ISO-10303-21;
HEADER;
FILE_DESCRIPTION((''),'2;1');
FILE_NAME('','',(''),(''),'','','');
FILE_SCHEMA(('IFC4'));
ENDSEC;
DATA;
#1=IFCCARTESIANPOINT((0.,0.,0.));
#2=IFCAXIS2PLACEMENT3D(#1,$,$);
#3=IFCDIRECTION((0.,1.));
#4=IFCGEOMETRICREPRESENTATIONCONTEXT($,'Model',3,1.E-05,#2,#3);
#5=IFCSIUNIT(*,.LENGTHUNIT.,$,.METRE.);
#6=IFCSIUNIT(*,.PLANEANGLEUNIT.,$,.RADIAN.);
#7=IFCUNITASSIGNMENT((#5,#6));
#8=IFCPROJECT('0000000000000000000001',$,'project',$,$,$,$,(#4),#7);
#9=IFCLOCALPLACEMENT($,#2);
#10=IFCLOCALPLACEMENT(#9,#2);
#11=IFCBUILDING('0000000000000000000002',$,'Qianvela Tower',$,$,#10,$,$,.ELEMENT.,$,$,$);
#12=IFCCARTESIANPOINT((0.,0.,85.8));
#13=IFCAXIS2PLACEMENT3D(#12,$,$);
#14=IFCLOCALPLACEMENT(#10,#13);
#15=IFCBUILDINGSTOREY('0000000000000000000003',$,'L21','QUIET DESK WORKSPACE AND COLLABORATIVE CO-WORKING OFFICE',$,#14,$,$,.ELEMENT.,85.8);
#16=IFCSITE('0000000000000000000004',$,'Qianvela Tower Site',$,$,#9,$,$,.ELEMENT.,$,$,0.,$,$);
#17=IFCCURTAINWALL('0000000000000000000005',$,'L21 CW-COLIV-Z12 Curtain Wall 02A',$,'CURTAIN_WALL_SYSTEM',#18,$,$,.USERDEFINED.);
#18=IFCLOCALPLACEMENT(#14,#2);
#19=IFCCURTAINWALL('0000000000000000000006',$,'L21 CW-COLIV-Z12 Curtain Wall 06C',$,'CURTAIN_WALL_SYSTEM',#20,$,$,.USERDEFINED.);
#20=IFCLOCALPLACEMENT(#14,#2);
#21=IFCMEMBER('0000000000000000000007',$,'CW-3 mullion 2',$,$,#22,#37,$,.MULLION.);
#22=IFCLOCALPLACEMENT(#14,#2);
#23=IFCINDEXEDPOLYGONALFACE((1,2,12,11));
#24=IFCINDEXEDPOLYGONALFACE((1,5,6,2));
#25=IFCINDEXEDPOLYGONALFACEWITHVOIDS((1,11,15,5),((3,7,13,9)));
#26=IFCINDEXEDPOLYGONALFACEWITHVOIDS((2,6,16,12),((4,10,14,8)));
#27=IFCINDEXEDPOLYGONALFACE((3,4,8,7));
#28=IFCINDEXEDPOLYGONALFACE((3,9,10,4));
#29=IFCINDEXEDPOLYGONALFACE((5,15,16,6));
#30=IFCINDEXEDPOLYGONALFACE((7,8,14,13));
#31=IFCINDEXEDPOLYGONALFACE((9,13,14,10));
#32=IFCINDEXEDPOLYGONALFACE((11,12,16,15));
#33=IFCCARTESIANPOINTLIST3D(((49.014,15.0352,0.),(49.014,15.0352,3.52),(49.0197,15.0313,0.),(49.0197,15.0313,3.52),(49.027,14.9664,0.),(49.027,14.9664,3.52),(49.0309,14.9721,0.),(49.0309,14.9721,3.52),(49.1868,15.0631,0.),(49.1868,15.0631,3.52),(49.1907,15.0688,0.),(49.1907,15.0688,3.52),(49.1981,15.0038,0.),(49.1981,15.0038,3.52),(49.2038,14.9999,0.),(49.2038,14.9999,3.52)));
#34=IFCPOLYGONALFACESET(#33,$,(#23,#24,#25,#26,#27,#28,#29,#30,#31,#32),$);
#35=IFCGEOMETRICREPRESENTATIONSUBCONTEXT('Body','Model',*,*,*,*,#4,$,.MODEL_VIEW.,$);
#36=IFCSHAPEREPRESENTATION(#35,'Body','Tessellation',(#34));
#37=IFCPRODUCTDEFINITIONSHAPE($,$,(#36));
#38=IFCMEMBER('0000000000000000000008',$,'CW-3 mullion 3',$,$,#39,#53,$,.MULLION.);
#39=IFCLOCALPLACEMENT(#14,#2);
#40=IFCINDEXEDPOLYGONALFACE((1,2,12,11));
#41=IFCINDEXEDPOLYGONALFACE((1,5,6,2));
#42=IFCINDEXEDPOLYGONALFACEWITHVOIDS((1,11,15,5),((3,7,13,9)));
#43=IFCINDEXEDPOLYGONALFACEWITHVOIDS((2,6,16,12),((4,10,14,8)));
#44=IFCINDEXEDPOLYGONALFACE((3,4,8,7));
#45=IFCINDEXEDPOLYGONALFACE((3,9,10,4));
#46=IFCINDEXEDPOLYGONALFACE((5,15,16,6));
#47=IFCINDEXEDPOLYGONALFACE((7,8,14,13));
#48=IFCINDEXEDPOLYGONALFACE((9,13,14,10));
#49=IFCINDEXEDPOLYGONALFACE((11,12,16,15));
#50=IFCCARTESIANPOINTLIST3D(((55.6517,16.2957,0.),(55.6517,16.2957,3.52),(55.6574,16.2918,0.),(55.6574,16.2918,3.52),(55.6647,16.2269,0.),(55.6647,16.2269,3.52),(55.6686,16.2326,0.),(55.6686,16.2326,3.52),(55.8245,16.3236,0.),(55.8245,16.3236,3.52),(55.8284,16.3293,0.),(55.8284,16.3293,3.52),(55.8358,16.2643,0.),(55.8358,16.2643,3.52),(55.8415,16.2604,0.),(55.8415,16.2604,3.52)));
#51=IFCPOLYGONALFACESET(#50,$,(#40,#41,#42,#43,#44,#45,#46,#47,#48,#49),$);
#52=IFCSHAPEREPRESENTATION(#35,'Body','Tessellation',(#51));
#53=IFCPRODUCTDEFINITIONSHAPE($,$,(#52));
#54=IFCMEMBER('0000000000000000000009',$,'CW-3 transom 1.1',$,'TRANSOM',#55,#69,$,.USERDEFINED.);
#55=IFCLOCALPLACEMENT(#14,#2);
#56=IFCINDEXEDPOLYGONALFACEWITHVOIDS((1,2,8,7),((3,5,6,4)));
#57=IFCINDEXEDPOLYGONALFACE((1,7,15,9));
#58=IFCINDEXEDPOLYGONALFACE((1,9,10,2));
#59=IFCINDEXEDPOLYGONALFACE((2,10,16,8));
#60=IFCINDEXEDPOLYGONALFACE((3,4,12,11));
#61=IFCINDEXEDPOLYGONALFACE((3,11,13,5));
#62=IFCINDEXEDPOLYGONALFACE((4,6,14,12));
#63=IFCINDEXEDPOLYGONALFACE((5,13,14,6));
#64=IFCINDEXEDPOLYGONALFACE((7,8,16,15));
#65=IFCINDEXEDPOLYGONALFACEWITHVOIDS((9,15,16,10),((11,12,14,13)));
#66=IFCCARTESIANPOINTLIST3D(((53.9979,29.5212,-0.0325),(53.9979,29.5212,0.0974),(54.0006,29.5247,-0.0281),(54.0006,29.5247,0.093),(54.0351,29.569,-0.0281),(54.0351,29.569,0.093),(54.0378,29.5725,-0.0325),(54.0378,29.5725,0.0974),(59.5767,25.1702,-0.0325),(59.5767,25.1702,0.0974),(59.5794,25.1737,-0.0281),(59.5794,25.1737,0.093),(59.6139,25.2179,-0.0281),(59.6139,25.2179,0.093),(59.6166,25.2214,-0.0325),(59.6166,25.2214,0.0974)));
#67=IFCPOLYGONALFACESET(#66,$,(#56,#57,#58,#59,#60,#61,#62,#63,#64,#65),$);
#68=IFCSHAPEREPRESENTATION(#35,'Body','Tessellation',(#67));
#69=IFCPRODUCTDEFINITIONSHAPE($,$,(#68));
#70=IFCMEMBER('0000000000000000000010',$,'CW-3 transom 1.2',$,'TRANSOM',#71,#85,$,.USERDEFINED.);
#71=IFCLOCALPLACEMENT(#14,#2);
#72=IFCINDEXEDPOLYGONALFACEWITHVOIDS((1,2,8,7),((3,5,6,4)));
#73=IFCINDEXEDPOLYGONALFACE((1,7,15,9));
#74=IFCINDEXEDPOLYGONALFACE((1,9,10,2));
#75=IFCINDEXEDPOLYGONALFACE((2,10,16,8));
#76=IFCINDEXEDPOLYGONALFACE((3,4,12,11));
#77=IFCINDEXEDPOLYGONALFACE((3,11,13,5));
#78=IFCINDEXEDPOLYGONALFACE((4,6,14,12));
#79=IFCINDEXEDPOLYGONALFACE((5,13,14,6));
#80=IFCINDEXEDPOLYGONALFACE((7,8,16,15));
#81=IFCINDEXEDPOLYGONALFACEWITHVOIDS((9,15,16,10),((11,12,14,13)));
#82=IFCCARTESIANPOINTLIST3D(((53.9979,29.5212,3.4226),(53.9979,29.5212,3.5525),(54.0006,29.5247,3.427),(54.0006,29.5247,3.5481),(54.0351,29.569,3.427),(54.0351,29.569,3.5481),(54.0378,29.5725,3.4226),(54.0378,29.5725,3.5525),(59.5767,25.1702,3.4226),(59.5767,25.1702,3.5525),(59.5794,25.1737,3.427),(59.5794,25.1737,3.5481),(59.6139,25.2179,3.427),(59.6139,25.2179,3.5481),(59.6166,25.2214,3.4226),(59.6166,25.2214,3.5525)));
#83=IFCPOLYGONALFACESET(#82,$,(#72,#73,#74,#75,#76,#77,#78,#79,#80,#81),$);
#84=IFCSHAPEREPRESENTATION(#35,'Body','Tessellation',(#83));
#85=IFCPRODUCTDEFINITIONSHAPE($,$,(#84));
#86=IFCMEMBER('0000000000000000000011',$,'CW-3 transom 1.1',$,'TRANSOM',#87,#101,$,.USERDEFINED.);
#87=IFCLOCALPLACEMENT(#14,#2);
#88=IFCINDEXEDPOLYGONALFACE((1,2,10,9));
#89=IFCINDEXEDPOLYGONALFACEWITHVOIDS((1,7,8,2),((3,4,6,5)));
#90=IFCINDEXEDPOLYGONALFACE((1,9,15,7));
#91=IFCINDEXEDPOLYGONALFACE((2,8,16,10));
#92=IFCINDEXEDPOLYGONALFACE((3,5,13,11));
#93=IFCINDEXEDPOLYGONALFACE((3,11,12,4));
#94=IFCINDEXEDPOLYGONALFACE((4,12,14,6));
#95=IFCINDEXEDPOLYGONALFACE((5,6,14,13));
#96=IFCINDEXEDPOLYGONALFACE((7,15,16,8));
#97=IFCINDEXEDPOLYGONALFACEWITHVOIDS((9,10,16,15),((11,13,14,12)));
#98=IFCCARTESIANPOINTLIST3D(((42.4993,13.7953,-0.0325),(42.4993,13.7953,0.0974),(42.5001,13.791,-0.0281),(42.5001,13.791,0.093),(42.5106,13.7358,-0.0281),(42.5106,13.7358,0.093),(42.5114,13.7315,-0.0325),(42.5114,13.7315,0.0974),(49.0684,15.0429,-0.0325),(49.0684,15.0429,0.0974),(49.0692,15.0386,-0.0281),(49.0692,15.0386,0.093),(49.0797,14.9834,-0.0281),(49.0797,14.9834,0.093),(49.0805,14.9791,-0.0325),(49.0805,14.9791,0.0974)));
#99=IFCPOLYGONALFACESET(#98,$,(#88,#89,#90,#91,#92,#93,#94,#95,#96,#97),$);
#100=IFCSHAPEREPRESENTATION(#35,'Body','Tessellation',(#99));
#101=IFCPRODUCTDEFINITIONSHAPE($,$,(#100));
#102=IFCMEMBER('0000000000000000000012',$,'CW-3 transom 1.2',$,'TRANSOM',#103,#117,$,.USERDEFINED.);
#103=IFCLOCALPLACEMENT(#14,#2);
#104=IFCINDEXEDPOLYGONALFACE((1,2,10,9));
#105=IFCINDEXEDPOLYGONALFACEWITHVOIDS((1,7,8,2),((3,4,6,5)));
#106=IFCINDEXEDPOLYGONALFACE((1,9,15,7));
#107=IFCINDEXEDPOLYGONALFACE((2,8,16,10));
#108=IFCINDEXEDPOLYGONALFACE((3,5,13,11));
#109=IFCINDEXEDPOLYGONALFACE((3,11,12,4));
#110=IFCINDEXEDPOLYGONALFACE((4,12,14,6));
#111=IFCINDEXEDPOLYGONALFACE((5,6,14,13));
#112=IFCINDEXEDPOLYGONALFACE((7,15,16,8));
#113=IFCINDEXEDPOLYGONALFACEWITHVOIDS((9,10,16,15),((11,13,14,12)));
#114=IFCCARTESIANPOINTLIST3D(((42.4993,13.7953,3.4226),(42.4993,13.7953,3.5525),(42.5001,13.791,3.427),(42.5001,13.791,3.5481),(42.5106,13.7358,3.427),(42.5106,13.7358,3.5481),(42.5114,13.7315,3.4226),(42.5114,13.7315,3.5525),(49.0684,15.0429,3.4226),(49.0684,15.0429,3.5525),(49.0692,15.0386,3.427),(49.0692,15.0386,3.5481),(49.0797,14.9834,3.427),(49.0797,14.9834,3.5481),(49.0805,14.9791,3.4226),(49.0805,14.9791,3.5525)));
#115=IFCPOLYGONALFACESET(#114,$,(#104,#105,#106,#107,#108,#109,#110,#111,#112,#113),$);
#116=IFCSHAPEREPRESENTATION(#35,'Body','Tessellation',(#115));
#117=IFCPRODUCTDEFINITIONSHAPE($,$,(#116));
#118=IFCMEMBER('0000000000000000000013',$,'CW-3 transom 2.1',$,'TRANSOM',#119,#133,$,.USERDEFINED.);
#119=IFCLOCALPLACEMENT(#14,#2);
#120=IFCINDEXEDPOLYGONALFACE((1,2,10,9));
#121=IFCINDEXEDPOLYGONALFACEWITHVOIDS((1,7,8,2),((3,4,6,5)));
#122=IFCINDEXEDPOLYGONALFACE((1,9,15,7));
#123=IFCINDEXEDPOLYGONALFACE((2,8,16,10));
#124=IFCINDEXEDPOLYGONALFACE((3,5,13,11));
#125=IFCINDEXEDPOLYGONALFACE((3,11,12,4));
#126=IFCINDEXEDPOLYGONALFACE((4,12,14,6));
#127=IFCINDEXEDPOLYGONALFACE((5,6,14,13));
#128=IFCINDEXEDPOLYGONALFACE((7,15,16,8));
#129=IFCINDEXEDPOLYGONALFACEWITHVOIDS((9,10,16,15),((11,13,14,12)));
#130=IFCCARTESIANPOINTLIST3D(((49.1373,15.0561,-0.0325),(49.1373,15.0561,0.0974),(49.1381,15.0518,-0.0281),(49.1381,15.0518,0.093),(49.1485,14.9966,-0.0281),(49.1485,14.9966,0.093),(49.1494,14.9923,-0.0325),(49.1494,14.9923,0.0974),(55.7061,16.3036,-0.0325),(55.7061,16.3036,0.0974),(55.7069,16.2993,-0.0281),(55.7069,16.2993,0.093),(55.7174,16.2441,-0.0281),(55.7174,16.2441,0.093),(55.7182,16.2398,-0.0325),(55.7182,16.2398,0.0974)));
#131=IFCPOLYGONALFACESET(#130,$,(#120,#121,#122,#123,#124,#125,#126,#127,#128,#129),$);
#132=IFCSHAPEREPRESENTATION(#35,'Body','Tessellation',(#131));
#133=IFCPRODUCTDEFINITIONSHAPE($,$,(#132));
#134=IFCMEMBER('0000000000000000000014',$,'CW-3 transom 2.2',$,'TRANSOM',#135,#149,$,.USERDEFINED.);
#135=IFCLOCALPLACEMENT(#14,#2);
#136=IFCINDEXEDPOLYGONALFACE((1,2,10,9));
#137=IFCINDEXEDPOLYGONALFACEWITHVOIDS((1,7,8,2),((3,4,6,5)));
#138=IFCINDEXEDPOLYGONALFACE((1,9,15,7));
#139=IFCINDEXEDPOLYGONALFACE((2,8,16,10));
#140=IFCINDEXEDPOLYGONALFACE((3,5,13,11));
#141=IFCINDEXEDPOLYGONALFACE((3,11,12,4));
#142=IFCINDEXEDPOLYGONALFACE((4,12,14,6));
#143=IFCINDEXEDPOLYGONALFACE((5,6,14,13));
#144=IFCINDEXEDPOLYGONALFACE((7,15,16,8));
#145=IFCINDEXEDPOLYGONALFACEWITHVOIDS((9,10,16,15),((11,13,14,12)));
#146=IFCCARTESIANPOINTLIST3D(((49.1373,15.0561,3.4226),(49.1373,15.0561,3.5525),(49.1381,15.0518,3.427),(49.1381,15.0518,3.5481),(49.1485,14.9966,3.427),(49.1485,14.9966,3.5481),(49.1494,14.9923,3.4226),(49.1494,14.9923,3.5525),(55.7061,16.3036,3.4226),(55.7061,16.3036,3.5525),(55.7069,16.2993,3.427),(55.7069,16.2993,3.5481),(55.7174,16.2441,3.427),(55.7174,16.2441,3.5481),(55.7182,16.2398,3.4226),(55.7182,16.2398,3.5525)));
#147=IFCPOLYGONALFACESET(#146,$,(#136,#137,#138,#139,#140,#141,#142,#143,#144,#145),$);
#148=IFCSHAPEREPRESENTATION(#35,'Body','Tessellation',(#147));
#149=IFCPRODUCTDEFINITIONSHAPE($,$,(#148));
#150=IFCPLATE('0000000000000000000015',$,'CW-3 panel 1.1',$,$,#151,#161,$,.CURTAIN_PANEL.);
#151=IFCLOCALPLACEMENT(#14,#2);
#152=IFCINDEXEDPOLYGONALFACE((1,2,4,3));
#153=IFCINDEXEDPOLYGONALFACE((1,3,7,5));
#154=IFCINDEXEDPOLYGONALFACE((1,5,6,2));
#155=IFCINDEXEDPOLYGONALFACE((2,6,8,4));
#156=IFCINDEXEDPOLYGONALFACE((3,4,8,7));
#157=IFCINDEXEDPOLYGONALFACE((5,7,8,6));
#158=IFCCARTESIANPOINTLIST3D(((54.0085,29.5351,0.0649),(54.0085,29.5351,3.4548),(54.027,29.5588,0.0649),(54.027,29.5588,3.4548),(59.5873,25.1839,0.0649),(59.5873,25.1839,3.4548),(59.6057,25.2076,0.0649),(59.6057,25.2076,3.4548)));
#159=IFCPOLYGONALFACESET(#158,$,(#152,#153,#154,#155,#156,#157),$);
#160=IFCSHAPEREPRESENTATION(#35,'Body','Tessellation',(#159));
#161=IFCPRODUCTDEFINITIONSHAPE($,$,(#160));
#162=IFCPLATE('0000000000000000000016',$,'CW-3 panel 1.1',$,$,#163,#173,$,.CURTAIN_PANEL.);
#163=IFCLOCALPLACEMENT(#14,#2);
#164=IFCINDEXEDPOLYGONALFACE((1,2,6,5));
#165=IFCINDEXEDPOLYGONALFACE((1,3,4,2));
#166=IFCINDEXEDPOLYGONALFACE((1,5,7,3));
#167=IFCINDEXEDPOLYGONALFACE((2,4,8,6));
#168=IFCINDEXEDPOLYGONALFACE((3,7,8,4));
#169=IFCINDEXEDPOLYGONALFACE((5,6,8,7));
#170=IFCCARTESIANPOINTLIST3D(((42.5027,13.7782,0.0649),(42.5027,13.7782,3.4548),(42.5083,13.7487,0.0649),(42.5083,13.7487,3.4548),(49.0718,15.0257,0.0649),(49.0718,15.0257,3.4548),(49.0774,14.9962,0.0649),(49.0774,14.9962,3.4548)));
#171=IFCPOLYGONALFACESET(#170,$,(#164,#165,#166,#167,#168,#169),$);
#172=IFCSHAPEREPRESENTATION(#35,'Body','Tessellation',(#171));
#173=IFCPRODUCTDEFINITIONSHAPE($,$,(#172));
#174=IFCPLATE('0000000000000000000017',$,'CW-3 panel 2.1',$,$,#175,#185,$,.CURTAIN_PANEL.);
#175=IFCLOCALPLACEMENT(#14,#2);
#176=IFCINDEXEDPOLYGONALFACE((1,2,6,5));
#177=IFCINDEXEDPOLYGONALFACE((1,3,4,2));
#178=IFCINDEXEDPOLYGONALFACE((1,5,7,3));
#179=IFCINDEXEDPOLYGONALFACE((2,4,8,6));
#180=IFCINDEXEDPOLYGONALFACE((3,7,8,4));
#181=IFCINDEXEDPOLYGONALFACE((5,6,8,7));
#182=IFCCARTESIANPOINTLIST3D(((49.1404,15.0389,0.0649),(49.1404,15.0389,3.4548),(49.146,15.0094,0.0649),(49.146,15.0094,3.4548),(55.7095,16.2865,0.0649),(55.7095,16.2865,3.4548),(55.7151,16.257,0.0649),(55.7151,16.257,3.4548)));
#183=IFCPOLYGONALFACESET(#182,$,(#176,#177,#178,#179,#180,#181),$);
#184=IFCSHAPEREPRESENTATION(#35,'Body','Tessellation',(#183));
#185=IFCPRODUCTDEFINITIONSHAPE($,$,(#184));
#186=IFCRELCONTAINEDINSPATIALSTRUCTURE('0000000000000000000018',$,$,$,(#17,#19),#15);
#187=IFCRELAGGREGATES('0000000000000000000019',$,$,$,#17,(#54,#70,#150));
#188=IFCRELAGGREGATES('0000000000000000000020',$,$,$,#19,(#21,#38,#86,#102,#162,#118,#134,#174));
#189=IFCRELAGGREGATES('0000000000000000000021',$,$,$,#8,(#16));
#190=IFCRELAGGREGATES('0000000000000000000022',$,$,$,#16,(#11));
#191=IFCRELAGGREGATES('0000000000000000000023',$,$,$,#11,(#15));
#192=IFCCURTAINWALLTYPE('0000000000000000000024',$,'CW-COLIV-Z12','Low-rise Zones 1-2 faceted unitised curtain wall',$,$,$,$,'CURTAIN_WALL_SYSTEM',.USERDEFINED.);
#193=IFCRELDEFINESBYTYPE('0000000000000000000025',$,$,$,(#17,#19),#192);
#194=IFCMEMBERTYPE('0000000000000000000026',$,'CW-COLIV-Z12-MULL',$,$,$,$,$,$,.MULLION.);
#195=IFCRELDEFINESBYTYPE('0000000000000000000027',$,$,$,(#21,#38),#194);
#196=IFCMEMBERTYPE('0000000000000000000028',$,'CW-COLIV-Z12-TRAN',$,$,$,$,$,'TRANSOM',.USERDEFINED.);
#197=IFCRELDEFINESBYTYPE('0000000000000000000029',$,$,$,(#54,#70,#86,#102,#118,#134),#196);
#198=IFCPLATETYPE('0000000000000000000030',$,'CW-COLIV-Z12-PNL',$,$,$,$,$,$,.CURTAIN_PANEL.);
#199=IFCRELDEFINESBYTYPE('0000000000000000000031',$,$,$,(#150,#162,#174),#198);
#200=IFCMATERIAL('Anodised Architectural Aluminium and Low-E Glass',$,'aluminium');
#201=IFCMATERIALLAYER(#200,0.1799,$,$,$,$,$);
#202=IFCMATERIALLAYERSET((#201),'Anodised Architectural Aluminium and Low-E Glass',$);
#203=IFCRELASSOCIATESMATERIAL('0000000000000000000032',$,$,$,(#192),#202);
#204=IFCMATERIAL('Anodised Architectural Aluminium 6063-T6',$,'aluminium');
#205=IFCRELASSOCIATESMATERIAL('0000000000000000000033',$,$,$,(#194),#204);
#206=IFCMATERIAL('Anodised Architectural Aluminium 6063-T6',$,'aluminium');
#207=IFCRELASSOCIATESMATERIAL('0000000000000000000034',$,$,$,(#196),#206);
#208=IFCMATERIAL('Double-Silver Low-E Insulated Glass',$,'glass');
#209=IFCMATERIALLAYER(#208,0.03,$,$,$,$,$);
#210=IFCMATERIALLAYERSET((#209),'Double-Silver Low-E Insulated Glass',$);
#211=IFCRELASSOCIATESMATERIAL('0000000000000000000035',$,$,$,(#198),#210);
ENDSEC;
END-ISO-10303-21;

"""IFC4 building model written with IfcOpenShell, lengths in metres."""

from ifc_helpers import new_model, si_unit, direction, frame, origin, origin_2d, place, context, subcontext, project, spatial, rectangle, hollow_rectangle, extrude, material, layer, layer_set, material_profile, profile_set, type_object, element, aggregate, save


model = new_model("IFC4")

# Units and contexts
model_context = context("Model", 3, precision=1e-05, world=origin(), true_north=direction((0.0, 1.0)))
body_context = subcontext(model_context, "Body", "Model", "MODEL_VIEW")
ifc_project = project(units=[si_unit("LENGTHUNIT", "METRE"), si_unit("PLANEANGLEUNIT", "RADIAN")], contexts=[model_context])

# Site, building, storey
site_placement = place(None, origin())
site = spatial("IfcSite", under=ifc_project, at=site_placement, Name="Qianvela Tower Site", CompositionType="ELEMENT", RefElevation=0.0)
building_placement = place(site_placement, origin())
building = spatial("IfcBuilding", under=site, at=building_placement, Name="Qianvela Tower", CompositionType="ELEMENT")
storey_placement = place(building_placement, frame((0.0, 0.0, 85.8)))
storey = spatial("IfcBuildingStorey", under=building, at=storey_placement, Name="L21", Description="QUIET DESK WORKSPACE AND COLLABORATIVE CO-WORKING OFFICE", CompositionType="ELEMENT", Elevation=85.8)

# Curtain wall
ifc_material_1 = material(Name="Anodised Architectural Aluminium and Low-E Glass", Category="aluminium")
ifc_layer_1 = layer(ifc_material_1, 0.1799)
ifc_layer_set_1 = layer_set([ifc_layer_1], Name="Anodised Architectural Aluminium and Low-E Glass")
curtain_wall_type_1 = type_object("IfcCurtainWallType", Name="CW-COLIV-Z12", Description="Low-rise Zones 1-2 faceted unitised curtain wall", ElementType="CURTAIN_WALL_SYSTEM", PredefinedType="USERDEFINED", material=ifc_layer_set_1)
curtain_wall_1_placement = place(storey_placement, origin())
curtain_wall_1 = element("IfcCurtainWall", 1, at=curtain_wall_1_placement, inside=storey, type_object=curtain_wall_type_1, Name="L21 CW-COLIV-Z12 Curtain Wall 02A", ObjectType="CURTAIN_WALL_SYSTEM", PredefinedType="USERDEFINED")
ifc_material_2 = material(Name="Anodised Architectural Aluminium 6063-T6", Category="aluminium")
ifc_material_profile_1 = material_profile(ifc_material_2, hollow_rectangle(XDim=0.0701, YDim=0.1799, WallThickness=0.0049, at=origin_2d()), Name="ALU-MULL-70x180")
ifc_profile_set_1 = profile_set([ifc_material_profile_1], Name="Anodised Architectural Aluminium 6063-T6")
member_type_1 = type_object("IfcMemberType", Name="CW-COLIV-Z12-MULL", PredefinedType="MULLION", material=ifc_profile_set_1)

# Curtain wall, members
curtain_wall_2_placement = place(storey_placement, origin())
curtain_wall_2 = element("IfcCurtainWall", 2, at=curtain_wall_2_placement, inside=storey, type_object=curtain_wall_type_1, Name="L21 CW-COLIV-Z12 Curtain Wall 06C", ObjectType="CURTAIN_WALL_SYSTEM", PredefinedType="USERDEFINED")
member_1_placement = place(storey_placement, frame((49.1089, 15.0176, 0.0), z_axis=(0.0, 0.0, 1.0), x_axis=(-0.186581, 0.98244, 0.0)))
member_1 = element("IfcMember", 3, at=member_1_placement, type_object=member_type_1, Name="CW-3 mullion 2", PredefinedType="MULLION", context=body_context, shape_type="SweptSolid", body=[
    extrude(hollow_rectangle(XDim=0.0701, YDim=0.1799, WallThickness=0.0049, at=origin_2d()), origin(), (0.0, 0.0, 1.0), 3.52),
])
member_2_placement = place(storey_placement, frame((55.7466, 16.2781, 0.0), z_axis=(0.0, 0.0, 1.0), x_axis=(-0.186581, 0.98244, 0.0)))
member_2 = element("IfcMember", 4, at=member_2_placement, type_object=member_type_1, Name="CW-3 mullion 3", PredefinedType="MULLION", context=body_context, shape_type="SweptSolid", body=[
    extrude(hollow_rectangle(XDim=0.0701, YDim=0.1799, WallThickness=0.0049, at=origin_2d()), origin(), (0.0, 0.0, 1.0), 3.52),
])

# Members
ifc_material_3 = material(Name="Anodised Architectural Aluminium 6063-T6", Category="aluminium")
ifc_material_profile_2 = material_profile(ifc_material_3, hollow_rectangle(XDim=0.0649, YDim=0.1299, WallThickness=0.0044, at=origin_2d()), Name="ALU-TRAN-65x130")
ifc_profile_set_2 = profile_set([ifc_material_profile_2], Name="Anodised Architectural Aluminium 6063-T6")
member_type_2 = type_object("IfcMemberType", Name="CW-COLIV-Z12-TRAN", ElementType="TRANSOM", PredefinedType="USERDEFINED", material=ifc_profile_set_2)
member_3_placement = place(storey_placement, frame((59.5967, 25.1958, 0.0325), z_axis=(-0.788532, 0.614994, 0.0), x_axis=(-0.614994, -0.788532, 0.0)))
member_3 = element("IfcMember", 5, at=member_3_placement, type_object=member_type_2, Name="CW-3 transom 1.1", ObjectType="TRANSOM", PredefinedType="USERDEFINED", context=body_context, shape_type="SweptSolid", body=[
    extrude(hollow_rectangle(XDim=0.0649, YDim=0.1299, WallThickness=0.0044, at=origin_2d()), origin(), (0.0, 0.0, 1.0), 7.075),
])
member_4_placement = place(storey_placement, frame((59.5967, 25.1958, 3.4875), z_axis=(-0.788532, 0.614994, 0.0), x_axis=(-0.614994, -0.788532, 0.0)))
member_4 = element("IfcMember", 6, at=member_4_placement, type_object=member_type_2, Name="CW-3 transom 1.2", ObjectType="TRANSOM", PredefinedType="USERDEFINED", context=body_context, shape_type="SweptSolid", body=[
    extrude(hollow_rectangle(XDim=0.0649, YDim=0.1299, WallThickness=0.0044, at=origin_2d()), origin(), (0.0, 0.0, 1.0), 7.075),
])
member_5_placement = place(storey_placement, frame((42.5054, 13.7634, 0.0325), z_axis=(0.98244, 0.186579, 0.0), x_axis=(-0.186579, 0.98244, 0.0)))
member_5 = element("IfcMember", 7, at=member_5_placement, type_object=member_type_2, Name="CW-3 transom 1.1", ObjectType="TRANSOM", PredefinedType="USERDEFINED", context=body_context, shape_type="SweptSolid", body=[
    extrude(hollow_rectangle(XDim=0.0649, YDim=0.1299, WallThickness=0.0044, at=origin_2d()), origin(), (0.0, 0.0, 1.0), 6.6865),
])
member_6_placement = place(storey_placement, frame((42.5054, 13.7634, 3.4875), z_axis=(0.98244, 0.186579, 0.0), x_axis=(-0.186579, 0.98244, 0.0)))
member_6 = element("IfcMember", 8, at=member_6_placement, type_object=member_type_2, Name="CW-3 transom 1.2", ObjectType="TRANSOM", PredefinedType="USERDEFINED", context=body_context, shape_type="SweptSolid", body=[
    extrude(hollow_rectangle(XDim=0.0649, YDim=0.1299, WallThickness=0.0044, at=origin_2d()), origin(), (0.0, 0.0, 1.0), 6.6865),
])
member_7_placement = place(storey_placement, frame((49.1433, 15.0242, 0.0325), z_axis=(0.982439, 0.186585, 0.0), x_axis=(-0.186585, 0.982439, 0.0)))
member_7 = element("IfcMember", 9, at=member_7_placement, type_object=member_type_2, Name="CW-3 transom 2.1", ObjectType="TRANSOM", PredefinedType="USERDEFINED", context=body_context, shape_type="SweptSolid", body=[
    extrude(hollow_rectangle(XDim=0.0649, YDim=0.1299, WallThickness=0.0044, at=origin_2d()), origin(), (0.0, 0.0, 1.0), 6.6863),
])
member_8_placement = place(storey_placement, frame((49.1433, 15.0242, 3.4875), z_axis=(0.982439, 0.186585, 0.0), x_axis=(-0.186585, 0.982439, 0.0)))
member_8 = element("IfcMember", 10, at=member_8_placement, type_object=member_type_2, Name="CW-3 transom 2.2", ObjectType="TRANSOM", PredefinedType="USERDEFINED", context=body_context, shape_type="SweptSolid", body=[
    extrude(hollow_rectangle(XDim=0.0649, YDim=0.1299, WallThickness=0.0044, at=origin_2d()), origin(), (0.0, 0.0, 1.0), 6.6863),
])

# Plates
ifc_material_4 = material(Name="Double-Silver Low-E Insulated Glass", Category="glass")
ifc_layer_2 = layer(ifc_material_4, 0.03)
ifc_layer_set_2 = layer_set([ifc_layer_2], Name="Double-Silver Low-E Insulated Glass")
plate_type_1 = type_object("IfcPlateType", Name="CW-COLIV-Z12-PNL", PredefinedType="CURTAIN_PANEL", material=ifc_layer_set_2)
plate_1_placement = place(storey_placement, frame((56.8071, 27.3713, 0.0649), z_axis=(0.0, 0.0, 1.0), x_axis=(-0.788516, 0.615014, 0.0)))
plate_1 = element("IfcPlate", 11, at=plate_1_placement, type_object=plate_type_1, Name="CW-3 panel 1.1", PredefinedType="CURTAIN_PANEL", context=body_context, shape_type="SweptSolid", body=[
    extrude(rectangle(XDim=7.075, YDim=0.03, at=origin_2d()), origin(), (0.0, 0.0, 1.0), 3.3899),
])
aggregate(curtain_wall_1, [member_3, member_4, plate_1])
plate_2_placement = place(storey_placement, frame((45.79, 14.3872, 0.0649), z_axis=(0.0, 0.0, 1.0), x_axis=(0.98244, 0.186581, 0.0)))
plate_2 = element("IfcPlate", 12, at=plate_2_placement, type_object=plate_type_1, Name="CW-3 panel 1.1", PredefinedType="CURTAIN_PANEL", context=body_context, shape_type="SweptSolid", body=[
    extrude(rectangle(XDim=6.6865, YDim=0.03, at=origin_2d()), origin(), (0.0, 0.0, 1.0), 3.3899),
])
plate_3_placement = place(storey_placement, frame((52.4277, 15.6479, 0.0649), z_axis=(0.0, 0.0, 1.0), x_axis=(0.98244, 0.186581, 0.0)))
plate_3 = element("IfcPlate", 13, at=plate_3_placement, type_object=plate_type_1, Name="CW-3 panel 2.1", PredefinedType="CURTAIN_PANEL", context=body_context, shape_type="SweptSolid", body=[
    extrude(rectangle(XDim=6.6865, YDim=0.03, at=origin_2d()), origin(), (0.0, 0.0, 1.0), 3.3899),
])
aggregate(curtain_wall_2, [member_1, member_2, member_5, member_6, plate_2, member_7, member_8, plate_3])

save(model, "model.ifc")
